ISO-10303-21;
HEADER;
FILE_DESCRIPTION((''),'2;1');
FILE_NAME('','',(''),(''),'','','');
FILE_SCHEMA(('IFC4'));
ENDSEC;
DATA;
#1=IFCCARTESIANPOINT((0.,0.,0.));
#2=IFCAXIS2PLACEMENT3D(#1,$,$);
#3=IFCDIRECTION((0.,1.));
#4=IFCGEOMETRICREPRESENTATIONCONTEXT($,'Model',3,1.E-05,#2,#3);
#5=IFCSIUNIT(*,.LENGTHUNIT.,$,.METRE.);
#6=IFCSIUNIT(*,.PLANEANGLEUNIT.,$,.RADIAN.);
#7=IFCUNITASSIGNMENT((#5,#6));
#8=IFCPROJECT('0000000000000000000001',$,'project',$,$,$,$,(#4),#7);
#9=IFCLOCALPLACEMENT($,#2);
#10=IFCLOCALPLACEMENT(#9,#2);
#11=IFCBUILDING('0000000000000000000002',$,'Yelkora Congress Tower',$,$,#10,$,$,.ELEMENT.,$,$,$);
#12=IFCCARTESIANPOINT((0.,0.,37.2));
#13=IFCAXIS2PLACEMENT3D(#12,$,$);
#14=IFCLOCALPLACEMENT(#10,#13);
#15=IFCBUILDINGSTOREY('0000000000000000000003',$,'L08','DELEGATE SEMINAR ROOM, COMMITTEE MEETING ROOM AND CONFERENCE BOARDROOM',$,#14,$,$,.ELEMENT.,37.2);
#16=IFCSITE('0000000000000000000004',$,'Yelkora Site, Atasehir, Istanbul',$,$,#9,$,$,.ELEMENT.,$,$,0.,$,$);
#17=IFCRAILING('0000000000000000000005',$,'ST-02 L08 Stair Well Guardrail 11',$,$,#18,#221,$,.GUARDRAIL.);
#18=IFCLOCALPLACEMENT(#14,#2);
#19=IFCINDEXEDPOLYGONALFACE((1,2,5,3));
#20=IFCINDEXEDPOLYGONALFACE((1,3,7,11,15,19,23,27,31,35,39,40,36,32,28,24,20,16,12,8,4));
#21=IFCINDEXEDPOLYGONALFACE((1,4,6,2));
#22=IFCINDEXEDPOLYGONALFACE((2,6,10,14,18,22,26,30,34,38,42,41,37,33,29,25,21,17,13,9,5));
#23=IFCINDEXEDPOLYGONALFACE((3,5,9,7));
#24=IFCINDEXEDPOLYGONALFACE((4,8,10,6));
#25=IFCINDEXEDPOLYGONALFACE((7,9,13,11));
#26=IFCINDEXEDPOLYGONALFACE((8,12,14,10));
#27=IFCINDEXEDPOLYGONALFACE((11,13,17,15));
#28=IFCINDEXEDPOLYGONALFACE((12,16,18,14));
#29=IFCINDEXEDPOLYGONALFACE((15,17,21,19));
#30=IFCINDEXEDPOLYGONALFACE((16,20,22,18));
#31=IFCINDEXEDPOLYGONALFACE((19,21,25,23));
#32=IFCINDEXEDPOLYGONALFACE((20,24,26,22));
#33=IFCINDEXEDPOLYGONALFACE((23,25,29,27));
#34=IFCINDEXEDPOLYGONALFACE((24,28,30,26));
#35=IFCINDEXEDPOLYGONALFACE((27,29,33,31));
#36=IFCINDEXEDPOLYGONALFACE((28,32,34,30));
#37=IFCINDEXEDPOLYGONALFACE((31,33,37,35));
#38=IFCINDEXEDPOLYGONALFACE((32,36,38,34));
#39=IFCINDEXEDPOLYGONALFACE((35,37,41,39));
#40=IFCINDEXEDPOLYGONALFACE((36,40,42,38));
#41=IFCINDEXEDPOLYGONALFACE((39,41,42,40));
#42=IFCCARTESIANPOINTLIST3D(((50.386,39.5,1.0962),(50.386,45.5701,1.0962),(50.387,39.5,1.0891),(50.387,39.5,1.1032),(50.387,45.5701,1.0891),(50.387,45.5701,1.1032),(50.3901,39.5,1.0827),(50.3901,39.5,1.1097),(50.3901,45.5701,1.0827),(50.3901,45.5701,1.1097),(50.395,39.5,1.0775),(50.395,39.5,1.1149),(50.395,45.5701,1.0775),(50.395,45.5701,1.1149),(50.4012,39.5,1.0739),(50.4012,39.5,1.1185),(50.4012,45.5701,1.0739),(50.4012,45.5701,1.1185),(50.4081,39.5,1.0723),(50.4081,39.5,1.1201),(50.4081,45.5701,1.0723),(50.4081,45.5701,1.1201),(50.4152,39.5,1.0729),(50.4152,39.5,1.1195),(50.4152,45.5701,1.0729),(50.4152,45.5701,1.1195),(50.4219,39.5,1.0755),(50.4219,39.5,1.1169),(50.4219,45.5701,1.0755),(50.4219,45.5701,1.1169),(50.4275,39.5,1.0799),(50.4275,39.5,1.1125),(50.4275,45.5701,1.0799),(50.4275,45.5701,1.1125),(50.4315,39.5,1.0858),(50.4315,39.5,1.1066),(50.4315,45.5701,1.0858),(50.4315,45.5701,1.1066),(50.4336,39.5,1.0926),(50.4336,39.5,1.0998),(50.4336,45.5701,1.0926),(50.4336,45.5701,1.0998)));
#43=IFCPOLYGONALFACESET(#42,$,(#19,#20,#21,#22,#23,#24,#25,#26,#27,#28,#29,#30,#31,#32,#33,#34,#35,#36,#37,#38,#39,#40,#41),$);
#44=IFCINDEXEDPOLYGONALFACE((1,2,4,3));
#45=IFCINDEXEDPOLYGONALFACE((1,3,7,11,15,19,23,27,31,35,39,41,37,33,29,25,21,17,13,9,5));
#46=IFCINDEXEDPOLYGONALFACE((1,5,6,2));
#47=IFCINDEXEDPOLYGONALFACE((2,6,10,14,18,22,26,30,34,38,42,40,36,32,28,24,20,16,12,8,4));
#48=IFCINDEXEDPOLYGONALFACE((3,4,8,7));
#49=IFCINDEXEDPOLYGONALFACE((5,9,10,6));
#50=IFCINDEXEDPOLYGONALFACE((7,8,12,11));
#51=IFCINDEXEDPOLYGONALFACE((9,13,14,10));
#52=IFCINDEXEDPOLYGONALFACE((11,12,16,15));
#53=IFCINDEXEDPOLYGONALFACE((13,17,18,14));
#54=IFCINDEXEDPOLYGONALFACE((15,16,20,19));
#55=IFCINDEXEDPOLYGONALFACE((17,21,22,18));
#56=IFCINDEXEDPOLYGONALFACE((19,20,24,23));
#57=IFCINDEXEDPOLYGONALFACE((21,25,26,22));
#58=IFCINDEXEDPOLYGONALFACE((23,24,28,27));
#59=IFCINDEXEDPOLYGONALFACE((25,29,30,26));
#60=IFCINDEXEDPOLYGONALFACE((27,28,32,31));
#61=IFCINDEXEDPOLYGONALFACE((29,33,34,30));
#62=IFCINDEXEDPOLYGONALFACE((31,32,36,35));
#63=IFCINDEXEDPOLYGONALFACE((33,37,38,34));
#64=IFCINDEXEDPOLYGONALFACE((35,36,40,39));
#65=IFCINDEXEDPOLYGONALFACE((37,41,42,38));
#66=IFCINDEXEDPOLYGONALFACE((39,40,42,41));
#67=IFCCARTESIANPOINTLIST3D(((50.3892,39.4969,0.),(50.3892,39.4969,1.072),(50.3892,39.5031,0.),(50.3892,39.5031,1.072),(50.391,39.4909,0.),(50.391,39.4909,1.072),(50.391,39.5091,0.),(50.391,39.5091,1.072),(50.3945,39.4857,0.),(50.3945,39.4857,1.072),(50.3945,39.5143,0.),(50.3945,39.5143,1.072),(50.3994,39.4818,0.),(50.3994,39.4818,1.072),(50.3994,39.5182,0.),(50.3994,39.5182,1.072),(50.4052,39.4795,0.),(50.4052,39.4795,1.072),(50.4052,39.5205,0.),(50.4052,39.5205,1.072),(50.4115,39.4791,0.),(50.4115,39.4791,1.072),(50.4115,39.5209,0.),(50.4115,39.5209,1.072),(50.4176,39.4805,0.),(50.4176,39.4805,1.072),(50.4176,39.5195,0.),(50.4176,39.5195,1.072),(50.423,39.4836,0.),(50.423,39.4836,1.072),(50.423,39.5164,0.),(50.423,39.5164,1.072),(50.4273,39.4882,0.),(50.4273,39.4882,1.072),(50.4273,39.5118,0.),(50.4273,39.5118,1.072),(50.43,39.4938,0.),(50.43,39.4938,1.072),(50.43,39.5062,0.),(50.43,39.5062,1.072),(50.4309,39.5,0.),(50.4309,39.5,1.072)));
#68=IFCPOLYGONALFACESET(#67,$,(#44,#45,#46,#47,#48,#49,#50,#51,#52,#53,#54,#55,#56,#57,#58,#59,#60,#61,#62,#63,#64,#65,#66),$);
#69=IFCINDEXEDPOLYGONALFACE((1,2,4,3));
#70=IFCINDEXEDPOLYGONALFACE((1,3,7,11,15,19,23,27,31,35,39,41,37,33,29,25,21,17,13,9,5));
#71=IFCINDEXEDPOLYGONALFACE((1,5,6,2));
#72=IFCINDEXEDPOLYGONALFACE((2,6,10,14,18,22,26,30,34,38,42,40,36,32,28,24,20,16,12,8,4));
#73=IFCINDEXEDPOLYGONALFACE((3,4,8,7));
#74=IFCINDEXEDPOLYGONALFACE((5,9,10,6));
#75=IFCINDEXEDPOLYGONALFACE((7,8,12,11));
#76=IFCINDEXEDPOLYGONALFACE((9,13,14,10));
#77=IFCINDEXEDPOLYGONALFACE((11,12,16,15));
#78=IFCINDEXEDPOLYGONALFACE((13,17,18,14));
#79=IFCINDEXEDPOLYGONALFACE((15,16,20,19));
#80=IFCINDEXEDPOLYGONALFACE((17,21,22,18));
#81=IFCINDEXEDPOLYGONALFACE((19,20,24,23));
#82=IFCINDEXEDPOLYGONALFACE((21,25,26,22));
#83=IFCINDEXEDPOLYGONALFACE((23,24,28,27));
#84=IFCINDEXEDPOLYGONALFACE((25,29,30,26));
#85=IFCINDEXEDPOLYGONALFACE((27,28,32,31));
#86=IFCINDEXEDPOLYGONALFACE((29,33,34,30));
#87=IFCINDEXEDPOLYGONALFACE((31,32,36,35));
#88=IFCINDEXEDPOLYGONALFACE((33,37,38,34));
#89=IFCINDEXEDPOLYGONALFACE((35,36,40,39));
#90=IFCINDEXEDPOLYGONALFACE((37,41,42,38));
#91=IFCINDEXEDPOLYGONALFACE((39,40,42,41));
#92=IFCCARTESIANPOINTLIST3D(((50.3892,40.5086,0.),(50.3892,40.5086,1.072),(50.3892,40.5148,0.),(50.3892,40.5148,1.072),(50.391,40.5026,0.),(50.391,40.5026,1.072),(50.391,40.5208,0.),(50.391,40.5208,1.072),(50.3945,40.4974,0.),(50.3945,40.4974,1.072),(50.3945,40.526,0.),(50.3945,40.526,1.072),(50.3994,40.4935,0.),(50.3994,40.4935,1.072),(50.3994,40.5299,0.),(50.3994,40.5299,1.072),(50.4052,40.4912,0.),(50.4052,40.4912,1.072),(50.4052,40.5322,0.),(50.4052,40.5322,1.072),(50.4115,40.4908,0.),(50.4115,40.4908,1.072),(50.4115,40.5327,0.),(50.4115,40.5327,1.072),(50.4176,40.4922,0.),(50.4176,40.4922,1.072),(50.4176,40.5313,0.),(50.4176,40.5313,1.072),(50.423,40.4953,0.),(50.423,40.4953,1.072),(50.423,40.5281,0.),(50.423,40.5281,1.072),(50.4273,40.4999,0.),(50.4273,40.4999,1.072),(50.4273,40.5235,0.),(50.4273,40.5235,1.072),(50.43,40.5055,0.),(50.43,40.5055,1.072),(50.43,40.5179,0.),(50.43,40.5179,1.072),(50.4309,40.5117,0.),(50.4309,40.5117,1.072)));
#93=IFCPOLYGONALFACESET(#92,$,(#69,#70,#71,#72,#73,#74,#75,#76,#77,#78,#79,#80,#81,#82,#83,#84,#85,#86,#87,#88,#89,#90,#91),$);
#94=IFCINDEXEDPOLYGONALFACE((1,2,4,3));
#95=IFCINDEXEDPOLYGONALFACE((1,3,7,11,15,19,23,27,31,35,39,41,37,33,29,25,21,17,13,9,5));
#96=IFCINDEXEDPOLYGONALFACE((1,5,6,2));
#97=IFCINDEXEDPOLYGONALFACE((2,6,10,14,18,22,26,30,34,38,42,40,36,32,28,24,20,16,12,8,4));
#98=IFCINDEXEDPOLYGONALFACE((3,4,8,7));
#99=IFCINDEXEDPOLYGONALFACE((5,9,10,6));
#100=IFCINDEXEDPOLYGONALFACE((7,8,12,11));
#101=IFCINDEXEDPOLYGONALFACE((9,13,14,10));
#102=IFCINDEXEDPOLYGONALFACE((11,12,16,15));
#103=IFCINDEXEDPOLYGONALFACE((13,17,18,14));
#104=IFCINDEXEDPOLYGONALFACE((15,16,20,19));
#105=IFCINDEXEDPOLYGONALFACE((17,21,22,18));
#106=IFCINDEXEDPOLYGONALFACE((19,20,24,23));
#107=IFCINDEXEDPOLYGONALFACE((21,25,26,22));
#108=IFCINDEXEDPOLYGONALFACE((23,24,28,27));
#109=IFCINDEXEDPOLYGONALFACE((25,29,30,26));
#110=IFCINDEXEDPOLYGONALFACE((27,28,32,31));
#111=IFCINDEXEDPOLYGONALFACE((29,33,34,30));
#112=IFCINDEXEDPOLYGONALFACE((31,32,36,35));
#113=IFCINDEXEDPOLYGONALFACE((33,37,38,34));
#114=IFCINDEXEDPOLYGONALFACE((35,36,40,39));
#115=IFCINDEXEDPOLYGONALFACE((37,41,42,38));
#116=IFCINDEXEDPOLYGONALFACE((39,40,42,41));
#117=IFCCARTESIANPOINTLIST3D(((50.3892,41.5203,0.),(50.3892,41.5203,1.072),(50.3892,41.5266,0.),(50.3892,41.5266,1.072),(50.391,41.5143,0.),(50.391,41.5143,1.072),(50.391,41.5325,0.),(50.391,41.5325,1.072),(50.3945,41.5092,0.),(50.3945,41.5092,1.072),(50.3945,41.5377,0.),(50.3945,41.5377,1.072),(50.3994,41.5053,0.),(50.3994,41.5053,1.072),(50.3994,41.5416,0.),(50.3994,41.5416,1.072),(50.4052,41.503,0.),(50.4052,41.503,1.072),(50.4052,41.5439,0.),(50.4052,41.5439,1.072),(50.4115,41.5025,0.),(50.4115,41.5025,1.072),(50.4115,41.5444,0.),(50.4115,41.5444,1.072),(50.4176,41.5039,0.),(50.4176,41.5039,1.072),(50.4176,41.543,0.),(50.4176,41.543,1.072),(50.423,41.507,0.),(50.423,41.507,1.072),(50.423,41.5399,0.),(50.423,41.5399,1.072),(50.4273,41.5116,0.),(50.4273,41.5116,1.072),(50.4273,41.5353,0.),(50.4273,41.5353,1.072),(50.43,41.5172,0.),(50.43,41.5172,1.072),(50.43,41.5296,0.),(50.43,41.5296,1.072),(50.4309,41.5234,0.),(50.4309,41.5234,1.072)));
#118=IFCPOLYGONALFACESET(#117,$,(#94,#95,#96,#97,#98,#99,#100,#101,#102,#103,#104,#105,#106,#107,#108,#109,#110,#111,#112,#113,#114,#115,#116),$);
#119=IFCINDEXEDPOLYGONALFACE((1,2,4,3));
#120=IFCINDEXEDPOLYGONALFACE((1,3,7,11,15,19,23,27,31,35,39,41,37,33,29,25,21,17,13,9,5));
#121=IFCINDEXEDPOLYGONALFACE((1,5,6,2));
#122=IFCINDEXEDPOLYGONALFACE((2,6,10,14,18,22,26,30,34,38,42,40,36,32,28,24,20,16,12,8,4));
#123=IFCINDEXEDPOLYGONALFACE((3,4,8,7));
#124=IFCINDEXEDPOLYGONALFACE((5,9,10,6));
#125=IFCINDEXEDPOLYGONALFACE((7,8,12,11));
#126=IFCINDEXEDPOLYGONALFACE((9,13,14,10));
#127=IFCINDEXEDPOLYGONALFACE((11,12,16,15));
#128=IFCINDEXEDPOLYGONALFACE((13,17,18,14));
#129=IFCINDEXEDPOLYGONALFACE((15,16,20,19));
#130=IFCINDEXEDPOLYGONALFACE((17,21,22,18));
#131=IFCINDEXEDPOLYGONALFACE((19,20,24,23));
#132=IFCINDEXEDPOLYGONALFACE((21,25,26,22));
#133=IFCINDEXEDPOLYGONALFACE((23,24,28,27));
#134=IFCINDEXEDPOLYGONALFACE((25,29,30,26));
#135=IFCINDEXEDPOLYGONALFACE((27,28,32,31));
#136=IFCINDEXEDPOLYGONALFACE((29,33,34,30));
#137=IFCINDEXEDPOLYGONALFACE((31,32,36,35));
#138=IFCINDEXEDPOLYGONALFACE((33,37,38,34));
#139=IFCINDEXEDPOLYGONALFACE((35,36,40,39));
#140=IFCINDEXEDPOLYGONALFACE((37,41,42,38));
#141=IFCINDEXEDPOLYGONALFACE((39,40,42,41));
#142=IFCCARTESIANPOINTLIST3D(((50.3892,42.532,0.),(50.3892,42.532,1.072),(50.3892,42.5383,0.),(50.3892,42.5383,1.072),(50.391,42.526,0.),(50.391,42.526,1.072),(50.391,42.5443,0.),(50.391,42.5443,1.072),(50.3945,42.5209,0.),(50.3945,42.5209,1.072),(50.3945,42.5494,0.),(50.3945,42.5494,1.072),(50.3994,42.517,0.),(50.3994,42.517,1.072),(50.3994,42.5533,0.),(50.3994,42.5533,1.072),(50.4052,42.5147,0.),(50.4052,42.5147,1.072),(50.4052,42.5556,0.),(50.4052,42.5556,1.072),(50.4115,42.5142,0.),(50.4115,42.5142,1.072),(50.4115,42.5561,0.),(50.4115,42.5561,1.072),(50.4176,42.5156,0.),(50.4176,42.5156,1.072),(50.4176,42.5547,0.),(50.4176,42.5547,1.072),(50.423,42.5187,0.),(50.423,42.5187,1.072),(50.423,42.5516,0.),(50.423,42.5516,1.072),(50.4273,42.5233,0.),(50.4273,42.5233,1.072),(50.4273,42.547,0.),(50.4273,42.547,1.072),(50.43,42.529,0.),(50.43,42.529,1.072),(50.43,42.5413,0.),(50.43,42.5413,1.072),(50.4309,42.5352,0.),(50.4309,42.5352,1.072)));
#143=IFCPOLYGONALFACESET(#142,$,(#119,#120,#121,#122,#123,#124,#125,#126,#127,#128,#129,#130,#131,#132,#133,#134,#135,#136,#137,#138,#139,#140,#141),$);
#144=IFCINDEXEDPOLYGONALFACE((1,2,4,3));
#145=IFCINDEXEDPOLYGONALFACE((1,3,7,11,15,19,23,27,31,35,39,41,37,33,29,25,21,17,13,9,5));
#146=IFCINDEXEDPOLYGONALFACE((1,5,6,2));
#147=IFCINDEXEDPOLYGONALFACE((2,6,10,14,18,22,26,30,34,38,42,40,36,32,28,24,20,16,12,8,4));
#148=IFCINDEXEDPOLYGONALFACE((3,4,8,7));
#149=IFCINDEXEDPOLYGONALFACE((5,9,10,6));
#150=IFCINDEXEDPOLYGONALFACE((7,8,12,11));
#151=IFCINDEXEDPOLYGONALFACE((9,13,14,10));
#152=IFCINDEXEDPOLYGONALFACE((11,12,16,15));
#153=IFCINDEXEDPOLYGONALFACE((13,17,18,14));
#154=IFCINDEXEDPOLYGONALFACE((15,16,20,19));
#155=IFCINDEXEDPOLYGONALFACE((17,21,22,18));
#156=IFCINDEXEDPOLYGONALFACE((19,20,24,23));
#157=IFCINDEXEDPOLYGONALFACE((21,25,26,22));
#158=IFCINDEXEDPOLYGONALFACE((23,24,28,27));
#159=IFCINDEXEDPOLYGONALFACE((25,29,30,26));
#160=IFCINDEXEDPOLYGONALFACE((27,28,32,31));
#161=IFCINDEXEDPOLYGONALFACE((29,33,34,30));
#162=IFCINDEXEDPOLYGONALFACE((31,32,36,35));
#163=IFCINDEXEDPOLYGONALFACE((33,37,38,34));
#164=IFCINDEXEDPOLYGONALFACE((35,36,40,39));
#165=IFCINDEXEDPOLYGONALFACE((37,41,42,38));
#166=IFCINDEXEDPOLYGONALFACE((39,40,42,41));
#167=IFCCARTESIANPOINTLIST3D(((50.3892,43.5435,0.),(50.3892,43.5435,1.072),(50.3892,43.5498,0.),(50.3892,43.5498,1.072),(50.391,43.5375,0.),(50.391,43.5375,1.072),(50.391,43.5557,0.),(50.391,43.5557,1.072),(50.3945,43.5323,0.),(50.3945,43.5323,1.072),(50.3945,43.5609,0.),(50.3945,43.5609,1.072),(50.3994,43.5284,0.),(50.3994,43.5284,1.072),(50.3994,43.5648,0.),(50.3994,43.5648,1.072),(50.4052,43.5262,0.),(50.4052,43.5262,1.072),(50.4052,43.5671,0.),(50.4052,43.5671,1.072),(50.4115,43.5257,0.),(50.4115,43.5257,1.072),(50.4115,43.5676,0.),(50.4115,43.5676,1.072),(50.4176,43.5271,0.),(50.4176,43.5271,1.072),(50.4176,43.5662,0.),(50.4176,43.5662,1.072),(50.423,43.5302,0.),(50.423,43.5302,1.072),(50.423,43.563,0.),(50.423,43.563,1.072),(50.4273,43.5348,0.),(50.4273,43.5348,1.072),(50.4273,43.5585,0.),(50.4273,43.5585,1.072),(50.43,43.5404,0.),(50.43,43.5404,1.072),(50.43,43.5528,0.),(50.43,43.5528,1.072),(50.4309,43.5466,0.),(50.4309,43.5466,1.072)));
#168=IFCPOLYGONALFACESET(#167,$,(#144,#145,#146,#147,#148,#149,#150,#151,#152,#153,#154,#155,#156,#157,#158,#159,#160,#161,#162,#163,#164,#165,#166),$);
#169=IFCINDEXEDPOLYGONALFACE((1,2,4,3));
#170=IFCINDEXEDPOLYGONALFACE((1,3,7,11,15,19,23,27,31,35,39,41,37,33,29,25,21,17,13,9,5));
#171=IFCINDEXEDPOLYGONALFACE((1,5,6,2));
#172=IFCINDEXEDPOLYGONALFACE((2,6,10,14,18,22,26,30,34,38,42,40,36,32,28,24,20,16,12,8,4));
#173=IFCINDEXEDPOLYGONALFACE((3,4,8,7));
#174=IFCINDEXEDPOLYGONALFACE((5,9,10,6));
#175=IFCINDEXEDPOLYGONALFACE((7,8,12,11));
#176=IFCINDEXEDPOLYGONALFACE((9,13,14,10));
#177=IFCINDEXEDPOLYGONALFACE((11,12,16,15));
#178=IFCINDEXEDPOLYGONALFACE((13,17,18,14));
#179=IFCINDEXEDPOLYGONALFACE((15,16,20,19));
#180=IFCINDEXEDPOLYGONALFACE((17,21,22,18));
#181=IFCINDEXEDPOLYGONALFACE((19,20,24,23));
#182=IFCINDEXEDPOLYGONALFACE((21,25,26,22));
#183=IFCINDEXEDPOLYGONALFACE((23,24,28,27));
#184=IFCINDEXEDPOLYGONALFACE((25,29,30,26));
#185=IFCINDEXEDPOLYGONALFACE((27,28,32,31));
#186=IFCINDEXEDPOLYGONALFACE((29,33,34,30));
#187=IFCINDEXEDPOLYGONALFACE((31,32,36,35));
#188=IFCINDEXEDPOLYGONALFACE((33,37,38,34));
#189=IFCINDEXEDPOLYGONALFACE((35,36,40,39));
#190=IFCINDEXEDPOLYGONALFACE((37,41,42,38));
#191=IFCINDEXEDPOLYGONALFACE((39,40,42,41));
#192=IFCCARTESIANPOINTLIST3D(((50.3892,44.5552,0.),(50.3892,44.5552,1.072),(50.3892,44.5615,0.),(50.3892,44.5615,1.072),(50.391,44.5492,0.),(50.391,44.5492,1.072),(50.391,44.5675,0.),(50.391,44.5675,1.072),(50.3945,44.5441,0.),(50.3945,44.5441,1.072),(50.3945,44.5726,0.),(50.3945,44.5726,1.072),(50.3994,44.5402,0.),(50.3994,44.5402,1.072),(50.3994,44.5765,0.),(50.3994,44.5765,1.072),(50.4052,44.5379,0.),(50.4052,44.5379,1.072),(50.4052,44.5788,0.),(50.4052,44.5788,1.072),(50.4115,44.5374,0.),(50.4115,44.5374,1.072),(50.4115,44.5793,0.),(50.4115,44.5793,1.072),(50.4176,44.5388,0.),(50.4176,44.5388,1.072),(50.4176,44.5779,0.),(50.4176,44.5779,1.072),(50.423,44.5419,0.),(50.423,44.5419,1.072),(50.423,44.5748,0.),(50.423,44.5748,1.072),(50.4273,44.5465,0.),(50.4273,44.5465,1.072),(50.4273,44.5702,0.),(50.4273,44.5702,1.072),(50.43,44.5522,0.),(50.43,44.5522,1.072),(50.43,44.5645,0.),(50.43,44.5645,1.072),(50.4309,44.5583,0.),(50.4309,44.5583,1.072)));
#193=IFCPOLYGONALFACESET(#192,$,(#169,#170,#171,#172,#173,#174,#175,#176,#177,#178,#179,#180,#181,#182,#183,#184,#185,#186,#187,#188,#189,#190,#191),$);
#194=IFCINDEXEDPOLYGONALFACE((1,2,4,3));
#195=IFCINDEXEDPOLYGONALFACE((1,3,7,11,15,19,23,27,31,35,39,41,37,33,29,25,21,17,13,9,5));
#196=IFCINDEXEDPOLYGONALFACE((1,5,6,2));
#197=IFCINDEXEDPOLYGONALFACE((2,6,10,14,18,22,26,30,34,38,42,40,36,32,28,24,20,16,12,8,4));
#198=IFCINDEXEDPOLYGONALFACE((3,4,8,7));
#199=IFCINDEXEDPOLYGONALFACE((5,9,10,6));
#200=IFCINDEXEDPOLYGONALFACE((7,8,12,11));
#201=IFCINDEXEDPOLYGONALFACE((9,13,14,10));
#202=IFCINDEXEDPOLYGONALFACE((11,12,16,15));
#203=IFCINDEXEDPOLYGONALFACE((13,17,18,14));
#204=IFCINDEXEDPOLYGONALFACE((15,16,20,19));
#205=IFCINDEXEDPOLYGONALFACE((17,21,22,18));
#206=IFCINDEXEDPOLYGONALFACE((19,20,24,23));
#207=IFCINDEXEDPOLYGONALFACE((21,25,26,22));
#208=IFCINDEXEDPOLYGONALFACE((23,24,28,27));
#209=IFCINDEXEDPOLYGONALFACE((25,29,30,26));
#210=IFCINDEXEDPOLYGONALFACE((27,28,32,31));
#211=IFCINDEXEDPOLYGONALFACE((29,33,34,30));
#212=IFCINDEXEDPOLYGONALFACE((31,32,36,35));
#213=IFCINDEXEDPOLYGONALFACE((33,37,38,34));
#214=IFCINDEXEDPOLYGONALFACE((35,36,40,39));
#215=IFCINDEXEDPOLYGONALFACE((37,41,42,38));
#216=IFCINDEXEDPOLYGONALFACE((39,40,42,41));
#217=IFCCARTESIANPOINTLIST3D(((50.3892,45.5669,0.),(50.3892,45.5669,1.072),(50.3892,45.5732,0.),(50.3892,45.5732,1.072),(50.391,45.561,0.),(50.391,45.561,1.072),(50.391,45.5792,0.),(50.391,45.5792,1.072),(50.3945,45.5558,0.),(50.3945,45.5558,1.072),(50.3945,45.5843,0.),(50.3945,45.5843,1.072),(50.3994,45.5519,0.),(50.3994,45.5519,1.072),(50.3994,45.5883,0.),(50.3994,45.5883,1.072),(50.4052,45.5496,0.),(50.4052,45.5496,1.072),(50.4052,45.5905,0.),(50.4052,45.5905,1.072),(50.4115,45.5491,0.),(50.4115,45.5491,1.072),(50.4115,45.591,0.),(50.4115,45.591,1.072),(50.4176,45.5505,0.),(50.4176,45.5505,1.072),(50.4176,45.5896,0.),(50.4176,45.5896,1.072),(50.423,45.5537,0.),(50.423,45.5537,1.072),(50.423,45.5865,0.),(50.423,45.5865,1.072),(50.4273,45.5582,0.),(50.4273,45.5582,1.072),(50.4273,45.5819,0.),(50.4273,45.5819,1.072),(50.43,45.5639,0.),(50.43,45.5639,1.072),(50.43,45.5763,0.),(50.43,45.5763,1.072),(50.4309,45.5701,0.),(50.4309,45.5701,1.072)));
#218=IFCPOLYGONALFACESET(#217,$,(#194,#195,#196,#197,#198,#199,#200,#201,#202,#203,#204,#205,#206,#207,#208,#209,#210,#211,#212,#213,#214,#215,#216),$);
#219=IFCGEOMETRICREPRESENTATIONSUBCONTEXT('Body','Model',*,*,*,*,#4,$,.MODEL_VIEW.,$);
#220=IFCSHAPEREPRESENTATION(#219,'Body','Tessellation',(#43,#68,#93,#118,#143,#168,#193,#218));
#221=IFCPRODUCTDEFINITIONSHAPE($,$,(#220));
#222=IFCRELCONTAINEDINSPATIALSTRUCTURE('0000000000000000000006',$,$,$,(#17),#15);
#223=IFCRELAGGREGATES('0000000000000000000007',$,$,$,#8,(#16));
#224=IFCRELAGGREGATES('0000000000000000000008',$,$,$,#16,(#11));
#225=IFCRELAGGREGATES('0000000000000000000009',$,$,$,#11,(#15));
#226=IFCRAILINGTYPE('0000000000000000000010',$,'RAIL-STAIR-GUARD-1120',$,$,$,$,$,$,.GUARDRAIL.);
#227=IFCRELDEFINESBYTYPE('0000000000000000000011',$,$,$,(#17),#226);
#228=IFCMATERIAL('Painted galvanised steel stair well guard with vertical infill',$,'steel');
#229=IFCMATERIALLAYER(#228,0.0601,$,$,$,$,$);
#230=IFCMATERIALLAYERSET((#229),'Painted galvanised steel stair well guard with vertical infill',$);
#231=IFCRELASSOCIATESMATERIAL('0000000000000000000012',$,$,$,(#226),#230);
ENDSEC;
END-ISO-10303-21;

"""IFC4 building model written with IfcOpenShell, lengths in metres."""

from ifc_helpers import new_model, si_unit, direction, frame, origin, origin_2d, place, context, subcontext, project, spatial, circle, extrude, material, layer, layer_set, type_object, element, save


model = new_model("IFC4")

# Units and contexts
model_context = context("Model", 3, precision=1e-05, world=origin(), true_north=direction((0.0, 1.0)))
body_context = subcontext(model_context, "Body", "Model", "MODEL_VIEW")
ifc_project = project(units=[si_unit("LENGTHUNIT", "METRE"), si_unit("PLANEANGLEUNIT", "RADIAN")], contexts=[model_context])

# Site, building, storey
site_placement = place(None, origin())
site = spatial("IfcSite", under=ifc_project, at=site_placement, Name="Yelkora Site, Atasehir, Istanbul", CompositionType="ELEMENT", RefElevation=0.0)
building_placement = place(site_placement, origin())
building = spatial("IfcBuilding", under=site, at=building_placement, Name="Yelkora Congress Tower", CompositionType="ELEMENT")
storey_placement = place(building_placement, frame((0.0, 0.0, 37.2)))
storey = spatial("IfcBuildingStorey", under=building, at=storey_placement, Name="L08", Description="DELEGATE SEMINAR ROOM, COMMITTEE MEETING ROOM AND CONFERENCE BOARDROOM", CompositionType="ELEMENT", Elevation=37.2)

# Railing
ifc_material_1 = material(Name="Painted galvanised steel stair well guard with vertical infill", Category="steel")
ifc_layer_1 = layer(ifc_material_1, 0.0601)
ifc_layer_set_1 = layer_set([ifc_layer_1], Name="Painted galvanised steel stair well guard with vertical infill")
railing_type_1 = type_object("IfcRailingType", Name="RAIL-STAIR-GUARD-1120", PredefinedType="GUARDRAIL", material=ifc_layer_set_1)
railing_1_placement = place(storey_placement, frame((50.4099, 39.5, 0.0)))
element("IfcRailing", 1, at=railing_1_placement, inside=storey, type_object=railing_type_1, Name="ST-02 L08 Stair Well Guardrail 11", PredefinedType="GUARDRAIL", context=body_context, shape_type="SweptSolid", body=[
    extrude(circle(Radius=0.0239, at=origin_2d()), frame((0.0, 0.0, 1.0962), z_axis=(0.0, 1.0, 0.0), x_axis=(-1.0, 0.0, 0.0)), (0.0, 0.0, 1.0), 6.0701),
    extrude(circle(Radius=0.021, at=origin_2d()), origin(), (0.0, 0.0, 1.0), 1.072),
    extrude(circle(Radius=0.021, at=origin_2d()), frame((0.0, 1.0117, 0.0)), (0.0, 0.0, 1.0), 1.072),
    extrude(circle(Radius=0.021, at=origin_2d()), frame((0.0, 2.0234, 0.0)), (0.0, 0.0, 1.0), 1.072),
    extrude(circle(Radius=0.021, at=origin_2d()), frame((0.0, 3.0352, 0.0)), (0.0, 0.0, 1.0), 1.072),
    extrude(circle(Radius=0.021, at=origin_2d()), frame((0.0, 4.0466, 0.0)), (0.0, 0.0, 1.0), 1.072),
    extrude(circle(Radius=0.021, at=origin_2d()), frame((0.0, 5.0583, 0.0)), (0.0, 0.0, 1.0), 1.072),
    extrude(circle(Radius=0.021, at=origin_2d()), frame((0.0, 6.0701, 0.0)), (0.0, 0.0, 1.0), 1.072),
])

save(model, "model.ifc")
